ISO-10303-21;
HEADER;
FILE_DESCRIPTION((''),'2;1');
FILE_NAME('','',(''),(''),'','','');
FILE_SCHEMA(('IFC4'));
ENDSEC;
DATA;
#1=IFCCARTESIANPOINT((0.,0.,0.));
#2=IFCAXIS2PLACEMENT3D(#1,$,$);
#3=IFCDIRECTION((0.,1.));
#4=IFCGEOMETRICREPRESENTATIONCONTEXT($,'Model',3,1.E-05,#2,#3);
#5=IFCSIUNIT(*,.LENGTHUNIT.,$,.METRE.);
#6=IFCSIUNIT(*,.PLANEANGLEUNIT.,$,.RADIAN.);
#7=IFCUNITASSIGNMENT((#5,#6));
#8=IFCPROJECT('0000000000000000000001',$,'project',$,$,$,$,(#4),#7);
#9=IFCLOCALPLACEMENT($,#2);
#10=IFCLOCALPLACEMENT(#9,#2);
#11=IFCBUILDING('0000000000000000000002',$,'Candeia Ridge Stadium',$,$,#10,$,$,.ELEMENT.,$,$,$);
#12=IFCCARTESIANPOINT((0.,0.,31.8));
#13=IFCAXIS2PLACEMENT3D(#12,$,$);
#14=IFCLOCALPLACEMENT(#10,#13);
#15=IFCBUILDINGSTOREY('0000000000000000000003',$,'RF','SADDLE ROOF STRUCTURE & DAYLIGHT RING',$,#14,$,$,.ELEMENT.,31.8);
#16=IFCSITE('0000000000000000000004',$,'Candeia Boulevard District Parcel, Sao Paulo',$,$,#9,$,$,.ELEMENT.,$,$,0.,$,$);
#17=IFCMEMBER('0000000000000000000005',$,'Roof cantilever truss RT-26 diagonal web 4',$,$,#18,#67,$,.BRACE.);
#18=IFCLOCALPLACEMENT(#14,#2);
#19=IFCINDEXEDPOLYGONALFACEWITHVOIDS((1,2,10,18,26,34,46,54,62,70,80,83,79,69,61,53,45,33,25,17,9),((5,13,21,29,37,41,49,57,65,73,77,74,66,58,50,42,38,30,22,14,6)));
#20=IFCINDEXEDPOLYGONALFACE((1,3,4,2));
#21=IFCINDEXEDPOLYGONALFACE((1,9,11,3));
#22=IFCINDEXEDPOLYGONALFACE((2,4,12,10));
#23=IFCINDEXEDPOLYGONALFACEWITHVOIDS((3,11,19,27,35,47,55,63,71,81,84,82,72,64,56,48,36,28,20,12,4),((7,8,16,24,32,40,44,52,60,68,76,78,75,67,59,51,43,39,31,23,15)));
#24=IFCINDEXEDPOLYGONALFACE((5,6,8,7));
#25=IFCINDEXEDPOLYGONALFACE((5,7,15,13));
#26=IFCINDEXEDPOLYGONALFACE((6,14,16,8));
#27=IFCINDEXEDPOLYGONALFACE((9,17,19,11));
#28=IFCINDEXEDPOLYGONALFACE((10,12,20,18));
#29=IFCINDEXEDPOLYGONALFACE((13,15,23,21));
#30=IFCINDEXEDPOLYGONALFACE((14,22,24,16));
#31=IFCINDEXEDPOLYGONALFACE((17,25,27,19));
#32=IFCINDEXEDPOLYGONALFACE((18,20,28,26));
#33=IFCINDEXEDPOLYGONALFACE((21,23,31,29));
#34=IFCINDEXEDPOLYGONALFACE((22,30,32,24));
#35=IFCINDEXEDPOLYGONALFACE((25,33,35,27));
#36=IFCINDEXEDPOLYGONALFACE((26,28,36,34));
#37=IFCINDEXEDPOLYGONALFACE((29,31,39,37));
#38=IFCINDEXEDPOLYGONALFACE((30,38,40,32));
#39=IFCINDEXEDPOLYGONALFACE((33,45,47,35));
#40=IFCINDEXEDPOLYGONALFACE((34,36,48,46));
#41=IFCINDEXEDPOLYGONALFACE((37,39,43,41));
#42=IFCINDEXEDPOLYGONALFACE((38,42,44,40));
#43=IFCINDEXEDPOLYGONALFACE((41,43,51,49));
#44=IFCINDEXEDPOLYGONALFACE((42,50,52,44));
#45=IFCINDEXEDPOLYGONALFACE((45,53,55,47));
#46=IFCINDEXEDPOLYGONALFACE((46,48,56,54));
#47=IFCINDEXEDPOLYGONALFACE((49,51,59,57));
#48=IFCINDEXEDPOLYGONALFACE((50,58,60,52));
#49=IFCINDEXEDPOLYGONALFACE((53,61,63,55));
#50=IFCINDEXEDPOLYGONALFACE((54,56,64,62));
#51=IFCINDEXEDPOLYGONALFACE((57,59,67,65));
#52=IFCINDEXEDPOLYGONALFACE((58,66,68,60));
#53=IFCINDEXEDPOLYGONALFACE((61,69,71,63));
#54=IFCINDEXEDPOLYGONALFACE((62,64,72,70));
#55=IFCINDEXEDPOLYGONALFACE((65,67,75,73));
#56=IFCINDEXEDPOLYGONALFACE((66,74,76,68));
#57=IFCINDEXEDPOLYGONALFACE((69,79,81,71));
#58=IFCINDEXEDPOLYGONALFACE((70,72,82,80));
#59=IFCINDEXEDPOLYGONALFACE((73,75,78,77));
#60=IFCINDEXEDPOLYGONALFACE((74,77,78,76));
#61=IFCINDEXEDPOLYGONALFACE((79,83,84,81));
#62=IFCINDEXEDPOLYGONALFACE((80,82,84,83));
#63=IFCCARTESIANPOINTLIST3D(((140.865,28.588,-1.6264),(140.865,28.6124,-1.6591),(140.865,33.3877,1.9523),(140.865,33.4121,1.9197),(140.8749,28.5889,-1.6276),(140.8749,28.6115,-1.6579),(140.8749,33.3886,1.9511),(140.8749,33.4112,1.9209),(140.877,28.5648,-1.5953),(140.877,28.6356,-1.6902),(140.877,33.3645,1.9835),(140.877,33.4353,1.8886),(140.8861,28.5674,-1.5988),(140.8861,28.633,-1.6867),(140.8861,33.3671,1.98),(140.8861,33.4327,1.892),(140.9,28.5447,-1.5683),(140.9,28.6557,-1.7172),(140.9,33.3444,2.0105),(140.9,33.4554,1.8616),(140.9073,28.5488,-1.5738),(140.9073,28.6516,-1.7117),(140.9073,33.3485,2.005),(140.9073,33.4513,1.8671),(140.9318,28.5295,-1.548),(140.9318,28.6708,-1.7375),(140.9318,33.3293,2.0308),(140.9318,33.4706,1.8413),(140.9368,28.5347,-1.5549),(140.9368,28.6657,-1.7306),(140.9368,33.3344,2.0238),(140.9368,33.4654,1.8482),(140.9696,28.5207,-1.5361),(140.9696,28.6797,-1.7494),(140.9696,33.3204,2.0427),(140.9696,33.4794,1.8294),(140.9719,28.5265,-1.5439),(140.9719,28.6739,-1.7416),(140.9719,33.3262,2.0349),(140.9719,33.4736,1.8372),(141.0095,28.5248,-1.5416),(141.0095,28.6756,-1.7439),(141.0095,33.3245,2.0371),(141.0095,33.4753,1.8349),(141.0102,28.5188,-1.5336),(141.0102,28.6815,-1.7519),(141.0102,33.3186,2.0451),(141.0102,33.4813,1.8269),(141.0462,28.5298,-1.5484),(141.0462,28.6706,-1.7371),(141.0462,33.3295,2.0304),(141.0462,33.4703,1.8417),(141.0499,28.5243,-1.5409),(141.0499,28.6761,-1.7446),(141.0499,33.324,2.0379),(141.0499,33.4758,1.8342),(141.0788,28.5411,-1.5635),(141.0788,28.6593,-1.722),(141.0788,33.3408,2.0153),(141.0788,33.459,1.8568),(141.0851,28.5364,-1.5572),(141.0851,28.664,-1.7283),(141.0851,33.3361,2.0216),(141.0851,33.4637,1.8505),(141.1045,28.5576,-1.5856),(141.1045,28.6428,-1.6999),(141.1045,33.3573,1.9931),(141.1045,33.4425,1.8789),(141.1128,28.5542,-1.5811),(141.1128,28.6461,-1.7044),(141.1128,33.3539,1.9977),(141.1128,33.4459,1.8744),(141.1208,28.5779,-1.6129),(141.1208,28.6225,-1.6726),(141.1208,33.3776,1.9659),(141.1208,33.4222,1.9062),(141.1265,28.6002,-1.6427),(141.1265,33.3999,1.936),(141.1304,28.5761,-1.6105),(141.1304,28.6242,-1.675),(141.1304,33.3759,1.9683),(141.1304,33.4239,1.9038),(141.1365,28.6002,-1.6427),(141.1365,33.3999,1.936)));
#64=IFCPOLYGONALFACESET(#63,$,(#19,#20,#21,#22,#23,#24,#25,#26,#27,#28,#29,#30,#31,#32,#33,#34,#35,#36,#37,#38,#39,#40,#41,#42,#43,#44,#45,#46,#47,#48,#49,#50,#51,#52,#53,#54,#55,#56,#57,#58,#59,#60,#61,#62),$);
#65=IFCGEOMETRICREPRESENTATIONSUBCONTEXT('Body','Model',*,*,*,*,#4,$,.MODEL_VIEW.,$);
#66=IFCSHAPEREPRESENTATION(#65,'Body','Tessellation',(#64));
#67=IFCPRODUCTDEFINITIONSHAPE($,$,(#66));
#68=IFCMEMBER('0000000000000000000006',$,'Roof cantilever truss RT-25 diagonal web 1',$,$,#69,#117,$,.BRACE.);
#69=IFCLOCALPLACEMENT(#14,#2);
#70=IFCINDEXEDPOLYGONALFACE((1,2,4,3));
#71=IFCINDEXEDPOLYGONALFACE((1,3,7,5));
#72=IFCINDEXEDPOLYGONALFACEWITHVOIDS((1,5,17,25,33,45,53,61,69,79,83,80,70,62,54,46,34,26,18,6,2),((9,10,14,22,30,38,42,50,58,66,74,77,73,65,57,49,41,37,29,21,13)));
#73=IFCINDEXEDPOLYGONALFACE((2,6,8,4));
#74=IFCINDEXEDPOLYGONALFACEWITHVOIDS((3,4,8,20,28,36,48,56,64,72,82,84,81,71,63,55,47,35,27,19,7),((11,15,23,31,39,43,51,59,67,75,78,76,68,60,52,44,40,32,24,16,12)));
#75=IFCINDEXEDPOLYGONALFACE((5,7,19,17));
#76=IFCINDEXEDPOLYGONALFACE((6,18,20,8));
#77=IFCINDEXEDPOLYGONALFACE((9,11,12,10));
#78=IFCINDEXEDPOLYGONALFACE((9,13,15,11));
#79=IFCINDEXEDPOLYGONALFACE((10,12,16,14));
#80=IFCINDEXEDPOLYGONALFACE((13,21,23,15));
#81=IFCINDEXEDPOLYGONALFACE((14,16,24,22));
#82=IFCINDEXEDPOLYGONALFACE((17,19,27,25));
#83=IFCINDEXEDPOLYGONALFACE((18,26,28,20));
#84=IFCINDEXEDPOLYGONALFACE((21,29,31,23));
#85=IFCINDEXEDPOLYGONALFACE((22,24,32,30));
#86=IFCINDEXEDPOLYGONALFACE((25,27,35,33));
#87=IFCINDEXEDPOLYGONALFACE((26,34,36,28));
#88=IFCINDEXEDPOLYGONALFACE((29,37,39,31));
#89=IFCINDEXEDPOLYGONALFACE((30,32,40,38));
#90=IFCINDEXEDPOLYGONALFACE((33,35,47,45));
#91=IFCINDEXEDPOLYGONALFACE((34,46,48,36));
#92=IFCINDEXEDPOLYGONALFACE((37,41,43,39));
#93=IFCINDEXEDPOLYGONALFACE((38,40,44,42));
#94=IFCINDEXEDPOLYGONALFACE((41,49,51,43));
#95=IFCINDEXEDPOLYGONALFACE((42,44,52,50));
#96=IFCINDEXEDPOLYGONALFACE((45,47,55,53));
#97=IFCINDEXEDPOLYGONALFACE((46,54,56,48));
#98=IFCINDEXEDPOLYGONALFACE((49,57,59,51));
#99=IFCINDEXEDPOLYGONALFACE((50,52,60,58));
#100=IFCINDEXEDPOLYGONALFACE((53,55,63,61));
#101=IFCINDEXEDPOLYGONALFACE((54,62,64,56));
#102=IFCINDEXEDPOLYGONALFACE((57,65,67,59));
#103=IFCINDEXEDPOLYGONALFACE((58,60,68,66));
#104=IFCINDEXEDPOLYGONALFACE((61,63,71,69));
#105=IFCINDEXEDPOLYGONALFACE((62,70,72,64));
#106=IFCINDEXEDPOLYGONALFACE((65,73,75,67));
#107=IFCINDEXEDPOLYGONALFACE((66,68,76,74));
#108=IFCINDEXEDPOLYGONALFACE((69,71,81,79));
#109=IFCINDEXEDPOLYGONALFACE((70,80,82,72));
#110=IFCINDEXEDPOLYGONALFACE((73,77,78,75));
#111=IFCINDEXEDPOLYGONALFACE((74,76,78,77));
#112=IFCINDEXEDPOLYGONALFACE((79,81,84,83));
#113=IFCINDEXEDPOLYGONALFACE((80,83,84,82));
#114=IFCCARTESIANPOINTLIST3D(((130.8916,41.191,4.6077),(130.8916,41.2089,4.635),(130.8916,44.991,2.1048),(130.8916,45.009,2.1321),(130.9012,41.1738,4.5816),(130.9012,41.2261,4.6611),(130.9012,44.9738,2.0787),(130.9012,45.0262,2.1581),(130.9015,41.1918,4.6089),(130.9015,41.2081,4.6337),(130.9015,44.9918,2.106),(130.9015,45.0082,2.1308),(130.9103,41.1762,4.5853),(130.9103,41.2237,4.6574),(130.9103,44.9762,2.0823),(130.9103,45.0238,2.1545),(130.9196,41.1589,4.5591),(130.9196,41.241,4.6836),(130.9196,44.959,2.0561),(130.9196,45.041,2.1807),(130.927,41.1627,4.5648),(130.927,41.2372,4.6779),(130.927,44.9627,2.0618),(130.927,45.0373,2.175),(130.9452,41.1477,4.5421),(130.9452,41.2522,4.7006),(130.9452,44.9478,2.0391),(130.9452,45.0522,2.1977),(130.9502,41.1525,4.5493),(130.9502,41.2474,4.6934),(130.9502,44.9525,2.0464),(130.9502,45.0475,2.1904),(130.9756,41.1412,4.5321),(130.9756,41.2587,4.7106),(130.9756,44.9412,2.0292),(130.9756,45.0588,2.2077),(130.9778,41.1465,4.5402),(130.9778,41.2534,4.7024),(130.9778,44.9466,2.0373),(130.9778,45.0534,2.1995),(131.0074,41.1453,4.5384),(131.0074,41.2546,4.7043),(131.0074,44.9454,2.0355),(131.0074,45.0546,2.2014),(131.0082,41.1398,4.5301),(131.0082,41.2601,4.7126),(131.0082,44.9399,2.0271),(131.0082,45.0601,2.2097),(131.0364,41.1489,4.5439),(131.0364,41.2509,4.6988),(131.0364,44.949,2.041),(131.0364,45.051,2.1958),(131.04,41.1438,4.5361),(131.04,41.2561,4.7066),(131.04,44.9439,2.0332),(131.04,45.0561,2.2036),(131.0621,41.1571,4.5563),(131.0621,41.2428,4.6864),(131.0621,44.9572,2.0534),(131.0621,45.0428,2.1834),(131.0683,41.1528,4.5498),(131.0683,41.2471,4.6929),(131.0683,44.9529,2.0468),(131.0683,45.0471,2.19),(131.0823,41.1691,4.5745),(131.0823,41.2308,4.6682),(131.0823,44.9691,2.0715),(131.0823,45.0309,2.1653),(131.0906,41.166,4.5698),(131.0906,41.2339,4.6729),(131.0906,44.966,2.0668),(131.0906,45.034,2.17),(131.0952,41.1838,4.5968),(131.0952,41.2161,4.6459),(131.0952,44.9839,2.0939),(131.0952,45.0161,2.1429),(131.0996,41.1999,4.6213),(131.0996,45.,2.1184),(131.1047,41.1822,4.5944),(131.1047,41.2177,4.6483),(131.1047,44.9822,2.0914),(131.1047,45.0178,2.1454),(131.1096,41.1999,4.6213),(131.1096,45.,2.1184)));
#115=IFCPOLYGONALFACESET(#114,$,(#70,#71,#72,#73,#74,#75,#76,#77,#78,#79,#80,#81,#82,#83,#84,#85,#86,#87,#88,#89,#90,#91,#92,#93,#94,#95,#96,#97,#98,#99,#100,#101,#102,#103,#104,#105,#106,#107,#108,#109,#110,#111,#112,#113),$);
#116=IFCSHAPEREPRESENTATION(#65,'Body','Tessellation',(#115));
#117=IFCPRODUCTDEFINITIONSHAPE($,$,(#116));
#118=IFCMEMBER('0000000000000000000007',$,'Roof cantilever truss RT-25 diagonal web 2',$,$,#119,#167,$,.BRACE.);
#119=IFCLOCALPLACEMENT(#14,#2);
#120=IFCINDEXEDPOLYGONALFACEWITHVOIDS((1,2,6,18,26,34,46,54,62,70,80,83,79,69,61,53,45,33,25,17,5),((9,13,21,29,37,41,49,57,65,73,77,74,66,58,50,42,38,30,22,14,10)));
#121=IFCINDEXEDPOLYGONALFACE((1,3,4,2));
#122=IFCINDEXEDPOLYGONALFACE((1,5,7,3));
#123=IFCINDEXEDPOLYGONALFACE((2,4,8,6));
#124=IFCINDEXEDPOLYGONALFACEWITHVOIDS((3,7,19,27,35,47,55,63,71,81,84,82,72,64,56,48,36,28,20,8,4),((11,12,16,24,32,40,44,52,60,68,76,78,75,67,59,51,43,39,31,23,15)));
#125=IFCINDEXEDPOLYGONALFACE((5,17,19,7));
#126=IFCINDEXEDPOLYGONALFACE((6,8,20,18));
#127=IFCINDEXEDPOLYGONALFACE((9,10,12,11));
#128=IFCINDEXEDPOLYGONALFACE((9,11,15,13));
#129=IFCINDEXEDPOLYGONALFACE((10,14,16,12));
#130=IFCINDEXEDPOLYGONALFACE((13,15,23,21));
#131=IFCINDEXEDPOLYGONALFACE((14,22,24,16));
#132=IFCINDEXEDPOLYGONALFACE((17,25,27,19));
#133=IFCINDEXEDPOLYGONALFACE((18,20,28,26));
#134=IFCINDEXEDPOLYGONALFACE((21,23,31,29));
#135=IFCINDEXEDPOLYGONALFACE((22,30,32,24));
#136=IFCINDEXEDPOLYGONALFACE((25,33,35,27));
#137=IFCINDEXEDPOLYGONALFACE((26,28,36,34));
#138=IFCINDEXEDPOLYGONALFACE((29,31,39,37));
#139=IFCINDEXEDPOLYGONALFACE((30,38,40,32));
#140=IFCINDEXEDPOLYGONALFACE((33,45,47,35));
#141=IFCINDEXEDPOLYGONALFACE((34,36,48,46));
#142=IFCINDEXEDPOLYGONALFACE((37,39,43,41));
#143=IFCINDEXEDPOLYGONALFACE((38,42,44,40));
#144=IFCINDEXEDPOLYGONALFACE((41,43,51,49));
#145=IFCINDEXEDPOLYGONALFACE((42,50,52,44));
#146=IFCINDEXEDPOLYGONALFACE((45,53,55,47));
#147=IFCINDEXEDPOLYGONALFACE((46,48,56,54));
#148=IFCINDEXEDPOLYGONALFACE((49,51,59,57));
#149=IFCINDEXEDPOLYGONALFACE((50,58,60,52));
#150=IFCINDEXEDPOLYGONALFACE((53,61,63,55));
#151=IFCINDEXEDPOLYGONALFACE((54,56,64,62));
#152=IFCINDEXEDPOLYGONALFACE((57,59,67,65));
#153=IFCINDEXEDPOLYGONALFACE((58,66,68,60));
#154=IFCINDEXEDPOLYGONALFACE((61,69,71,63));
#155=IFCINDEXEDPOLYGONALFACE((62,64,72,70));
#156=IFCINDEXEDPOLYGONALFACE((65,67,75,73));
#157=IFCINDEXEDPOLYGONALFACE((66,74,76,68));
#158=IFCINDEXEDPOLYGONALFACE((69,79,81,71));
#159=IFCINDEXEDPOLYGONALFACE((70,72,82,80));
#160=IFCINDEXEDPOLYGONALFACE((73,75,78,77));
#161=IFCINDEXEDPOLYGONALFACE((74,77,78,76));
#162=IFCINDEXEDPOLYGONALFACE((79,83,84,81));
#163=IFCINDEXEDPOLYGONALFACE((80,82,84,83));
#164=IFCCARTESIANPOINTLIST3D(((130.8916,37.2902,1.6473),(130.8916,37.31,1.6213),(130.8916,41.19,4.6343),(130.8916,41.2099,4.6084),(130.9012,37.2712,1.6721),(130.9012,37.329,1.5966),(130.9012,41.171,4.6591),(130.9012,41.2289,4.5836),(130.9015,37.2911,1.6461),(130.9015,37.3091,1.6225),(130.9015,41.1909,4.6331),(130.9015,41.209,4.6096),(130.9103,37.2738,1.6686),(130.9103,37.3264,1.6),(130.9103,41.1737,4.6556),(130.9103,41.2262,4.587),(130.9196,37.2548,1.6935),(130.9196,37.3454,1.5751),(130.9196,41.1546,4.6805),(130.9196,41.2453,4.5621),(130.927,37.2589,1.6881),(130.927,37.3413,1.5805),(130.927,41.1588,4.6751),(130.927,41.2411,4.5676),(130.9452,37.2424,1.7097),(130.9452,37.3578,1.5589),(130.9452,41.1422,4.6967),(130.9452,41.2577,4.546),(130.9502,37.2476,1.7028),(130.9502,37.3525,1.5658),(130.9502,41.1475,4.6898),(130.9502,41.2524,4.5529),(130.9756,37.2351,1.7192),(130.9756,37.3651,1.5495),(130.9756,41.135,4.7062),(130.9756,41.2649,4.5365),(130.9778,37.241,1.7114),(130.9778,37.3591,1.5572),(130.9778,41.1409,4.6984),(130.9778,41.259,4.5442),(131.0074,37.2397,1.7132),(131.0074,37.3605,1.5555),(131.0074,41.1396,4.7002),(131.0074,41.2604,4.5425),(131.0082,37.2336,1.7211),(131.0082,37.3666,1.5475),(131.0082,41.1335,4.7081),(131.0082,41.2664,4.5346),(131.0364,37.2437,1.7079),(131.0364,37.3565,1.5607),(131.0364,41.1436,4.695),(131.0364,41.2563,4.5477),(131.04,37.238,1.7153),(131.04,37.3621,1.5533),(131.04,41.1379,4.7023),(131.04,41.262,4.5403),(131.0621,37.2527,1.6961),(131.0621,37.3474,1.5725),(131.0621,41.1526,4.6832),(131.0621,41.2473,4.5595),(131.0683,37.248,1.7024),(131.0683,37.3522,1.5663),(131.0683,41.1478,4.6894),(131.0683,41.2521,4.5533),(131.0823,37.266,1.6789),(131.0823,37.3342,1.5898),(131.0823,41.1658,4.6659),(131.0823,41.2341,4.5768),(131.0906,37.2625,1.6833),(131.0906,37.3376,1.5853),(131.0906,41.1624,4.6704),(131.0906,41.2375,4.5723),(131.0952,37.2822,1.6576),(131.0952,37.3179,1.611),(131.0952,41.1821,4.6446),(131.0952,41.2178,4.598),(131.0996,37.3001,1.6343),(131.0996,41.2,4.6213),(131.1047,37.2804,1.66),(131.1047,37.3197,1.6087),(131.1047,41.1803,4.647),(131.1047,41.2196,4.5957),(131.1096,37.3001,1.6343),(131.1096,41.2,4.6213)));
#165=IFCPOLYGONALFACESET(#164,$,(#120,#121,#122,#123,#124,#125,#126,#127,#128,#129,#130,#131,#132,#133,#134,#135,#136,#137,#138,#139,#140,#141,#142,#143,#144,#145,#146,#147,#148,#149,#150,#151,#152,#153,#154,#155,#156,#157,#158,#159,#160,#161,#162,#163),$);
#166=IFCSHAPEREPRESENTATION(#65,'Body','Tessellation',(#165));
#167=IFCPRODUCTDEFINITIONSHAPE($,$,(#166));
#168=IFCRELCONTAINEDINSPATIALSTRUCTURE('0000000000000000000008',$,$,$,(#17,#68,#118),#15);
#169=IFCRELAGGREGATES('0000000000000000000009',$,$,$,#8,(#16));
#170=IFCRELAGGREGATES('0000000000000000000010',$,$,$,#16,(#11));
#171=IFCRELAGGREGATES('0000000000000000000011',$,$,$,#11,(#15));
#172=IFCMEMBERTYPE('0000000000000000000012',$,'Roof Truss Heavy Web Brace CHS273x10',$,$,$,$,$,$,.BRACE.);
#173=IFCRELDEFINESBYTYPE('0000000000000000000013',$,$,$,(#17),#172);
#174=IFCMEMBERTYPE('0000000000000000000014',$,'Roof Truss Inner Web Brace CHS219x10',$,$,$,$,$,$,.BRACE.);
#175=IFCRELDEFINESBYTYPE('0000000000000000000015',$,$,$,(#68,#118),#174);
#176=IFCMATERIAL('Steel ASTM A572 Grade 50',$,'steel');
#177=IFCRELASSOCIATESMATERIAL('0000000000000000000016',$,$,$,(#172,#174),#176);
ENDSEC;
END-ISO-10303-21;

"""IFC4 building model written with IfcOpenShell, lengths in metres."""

from ifc_helpers import new_model, si_unit, direction, frame, origin, origin_2d, place, context, subcontext, project, spatial, hollow_circle, extrude, material, material_profile, profile_set, type_object, element, save


model = new_model("IFC4")

# Units and contexts
model_context = context("Model", 3, precision=1e-05, world=origin(), true_north=direction((0.0, 1.0)))
body_context = subcontext(model_context, "Body", "Model", "MODEL_VIEW")
ifc_project = project(units=[si_unit("LENGTHUNIT", "METRE"), si_unit("PLANEANGLEUNIT", "RADIAN")], contexts=[model_context])

# Site, building, storey
site_placement = place(None, origin())
site = spatial("IfcSite", under=ifc_project, at=site_placement, Name="Candeia Boulevard District Parcel, Sao Paulo", CompositionType="ELEMENT", RefElevation=0.0)
building_placement = place(site_placement, origin())
building = spatial("IfcBuilding", under=site, at=building_placement, Name="Candeia Ridge Stadium", CompositionType="ELEMENT")
storey_placement = place(building_placement, frame((0.0, 0.0, 31.8)))
storey = spatial("IfcBuildingStorey", under=building, at=storey_placement, Name="RF", Description="SADDLE ROOF STRUCTURE & DAYLIGHT RING", CompositionType="ELEMENT", Elevation=31.8)

# Shared definitions
ifc_material_1 = material(Name="Steel ASTM A572 Grade 50", Category="steel")

# Members
ifc_material_profile_1 = material_profile(ifc_material_1, hollow_circle(Radius=0.1365, WallThickness=0.01, at=origin_2d()), Name="CHS273x10", Category="steel")
ifc_profile_set_1 = profile_set([ifc_material_profile_1], Name="Steel ASTM A572 Grade 50")
member_type_1 = type_object("IfcMemberType", Name="Roof Truss Heavy Web Brace CHS273x10", PredefinedType="BRACE", material=ifc_profile_set_1)
member_1_placement = place(storey_placement, frame((141.0, 33.3999, 1.936), z_axis=(0.0, -0.80168, -0.597753), x_axis=(1.0, 0.0, 0.0)))
element("IfcMember", 1, at=member_1_placement, inside=storey, type_object=member_type_1, Name="Roof cantilever truss RT-26 diagonal web 4", PredefinedType="BRACE", context=body_context, shape_type="SweptSolid", body=[
    extrude(hollow_circle(Radius=0.1365, WallThickness=0.01, at=origin_2d()), origin(), (0.0, 0.0, 1.0), 5.9871),
])
ifc_material_profile_2 = material_profile(ifc_material_1, hollow_circle(Radius=0.1096, WallThickness=0.01, at=origin_2d()), Name="CHS219x10", Category="steel")
ifc_profile_set_2 = profile_set([ifc_material_profile_2], Name="Steel ASTM A572 Grade 50")
member_type_2 = type_object("IfcMemberType", Name="Roof Truss Inner Web Brace CHS219x10", PredefinedType="BRACE", material=ifc_profile_set_2)
member_2_placement = place(storey_placement, frame((131.0, 45.0, 2.1184), z_axis=(0.0, -0.835125, 0.550061), x_axis=(1.0, 0.0, 0.0)))
element("IfcMember", 2, at=member_2_placement, inside=storey, type_object=member_type_2, Name="Roof cantilever truss RT-25 diagonal web 1", PredefinedType="BRACE", context=body_context, shape_type="SweptSolid", body=[
    extrude(hollow_circle(Radius=0.1096, WallThickness=0.01, at=origin_2d()), origin(), (0.0, 0.0, 1.0), 4.5503),
])
member_3_placement = place(storey_placement, frame((131.0, 41.2, 4.6213), z_axis=(0.0, -0.793888, -0.608064), x_axis=(1.0, 0.0, 0.0)))
element("IfcMember", 3, at=member_3_placement, inside=storey, type_object=member_type_2, Name="Roof cantilever truss RT-25 diagonal web 2", PredefinedType="BRACE", context=body_context, shape_type="SweptSolid", body=[
    extrude(hollow_circle(Radius=0.1096, WallThickness=0.01, at=origin_2d()), origin(), (0.0, 0.0, 1.0), 4.9124),
])

save(model, "model.ifc")
